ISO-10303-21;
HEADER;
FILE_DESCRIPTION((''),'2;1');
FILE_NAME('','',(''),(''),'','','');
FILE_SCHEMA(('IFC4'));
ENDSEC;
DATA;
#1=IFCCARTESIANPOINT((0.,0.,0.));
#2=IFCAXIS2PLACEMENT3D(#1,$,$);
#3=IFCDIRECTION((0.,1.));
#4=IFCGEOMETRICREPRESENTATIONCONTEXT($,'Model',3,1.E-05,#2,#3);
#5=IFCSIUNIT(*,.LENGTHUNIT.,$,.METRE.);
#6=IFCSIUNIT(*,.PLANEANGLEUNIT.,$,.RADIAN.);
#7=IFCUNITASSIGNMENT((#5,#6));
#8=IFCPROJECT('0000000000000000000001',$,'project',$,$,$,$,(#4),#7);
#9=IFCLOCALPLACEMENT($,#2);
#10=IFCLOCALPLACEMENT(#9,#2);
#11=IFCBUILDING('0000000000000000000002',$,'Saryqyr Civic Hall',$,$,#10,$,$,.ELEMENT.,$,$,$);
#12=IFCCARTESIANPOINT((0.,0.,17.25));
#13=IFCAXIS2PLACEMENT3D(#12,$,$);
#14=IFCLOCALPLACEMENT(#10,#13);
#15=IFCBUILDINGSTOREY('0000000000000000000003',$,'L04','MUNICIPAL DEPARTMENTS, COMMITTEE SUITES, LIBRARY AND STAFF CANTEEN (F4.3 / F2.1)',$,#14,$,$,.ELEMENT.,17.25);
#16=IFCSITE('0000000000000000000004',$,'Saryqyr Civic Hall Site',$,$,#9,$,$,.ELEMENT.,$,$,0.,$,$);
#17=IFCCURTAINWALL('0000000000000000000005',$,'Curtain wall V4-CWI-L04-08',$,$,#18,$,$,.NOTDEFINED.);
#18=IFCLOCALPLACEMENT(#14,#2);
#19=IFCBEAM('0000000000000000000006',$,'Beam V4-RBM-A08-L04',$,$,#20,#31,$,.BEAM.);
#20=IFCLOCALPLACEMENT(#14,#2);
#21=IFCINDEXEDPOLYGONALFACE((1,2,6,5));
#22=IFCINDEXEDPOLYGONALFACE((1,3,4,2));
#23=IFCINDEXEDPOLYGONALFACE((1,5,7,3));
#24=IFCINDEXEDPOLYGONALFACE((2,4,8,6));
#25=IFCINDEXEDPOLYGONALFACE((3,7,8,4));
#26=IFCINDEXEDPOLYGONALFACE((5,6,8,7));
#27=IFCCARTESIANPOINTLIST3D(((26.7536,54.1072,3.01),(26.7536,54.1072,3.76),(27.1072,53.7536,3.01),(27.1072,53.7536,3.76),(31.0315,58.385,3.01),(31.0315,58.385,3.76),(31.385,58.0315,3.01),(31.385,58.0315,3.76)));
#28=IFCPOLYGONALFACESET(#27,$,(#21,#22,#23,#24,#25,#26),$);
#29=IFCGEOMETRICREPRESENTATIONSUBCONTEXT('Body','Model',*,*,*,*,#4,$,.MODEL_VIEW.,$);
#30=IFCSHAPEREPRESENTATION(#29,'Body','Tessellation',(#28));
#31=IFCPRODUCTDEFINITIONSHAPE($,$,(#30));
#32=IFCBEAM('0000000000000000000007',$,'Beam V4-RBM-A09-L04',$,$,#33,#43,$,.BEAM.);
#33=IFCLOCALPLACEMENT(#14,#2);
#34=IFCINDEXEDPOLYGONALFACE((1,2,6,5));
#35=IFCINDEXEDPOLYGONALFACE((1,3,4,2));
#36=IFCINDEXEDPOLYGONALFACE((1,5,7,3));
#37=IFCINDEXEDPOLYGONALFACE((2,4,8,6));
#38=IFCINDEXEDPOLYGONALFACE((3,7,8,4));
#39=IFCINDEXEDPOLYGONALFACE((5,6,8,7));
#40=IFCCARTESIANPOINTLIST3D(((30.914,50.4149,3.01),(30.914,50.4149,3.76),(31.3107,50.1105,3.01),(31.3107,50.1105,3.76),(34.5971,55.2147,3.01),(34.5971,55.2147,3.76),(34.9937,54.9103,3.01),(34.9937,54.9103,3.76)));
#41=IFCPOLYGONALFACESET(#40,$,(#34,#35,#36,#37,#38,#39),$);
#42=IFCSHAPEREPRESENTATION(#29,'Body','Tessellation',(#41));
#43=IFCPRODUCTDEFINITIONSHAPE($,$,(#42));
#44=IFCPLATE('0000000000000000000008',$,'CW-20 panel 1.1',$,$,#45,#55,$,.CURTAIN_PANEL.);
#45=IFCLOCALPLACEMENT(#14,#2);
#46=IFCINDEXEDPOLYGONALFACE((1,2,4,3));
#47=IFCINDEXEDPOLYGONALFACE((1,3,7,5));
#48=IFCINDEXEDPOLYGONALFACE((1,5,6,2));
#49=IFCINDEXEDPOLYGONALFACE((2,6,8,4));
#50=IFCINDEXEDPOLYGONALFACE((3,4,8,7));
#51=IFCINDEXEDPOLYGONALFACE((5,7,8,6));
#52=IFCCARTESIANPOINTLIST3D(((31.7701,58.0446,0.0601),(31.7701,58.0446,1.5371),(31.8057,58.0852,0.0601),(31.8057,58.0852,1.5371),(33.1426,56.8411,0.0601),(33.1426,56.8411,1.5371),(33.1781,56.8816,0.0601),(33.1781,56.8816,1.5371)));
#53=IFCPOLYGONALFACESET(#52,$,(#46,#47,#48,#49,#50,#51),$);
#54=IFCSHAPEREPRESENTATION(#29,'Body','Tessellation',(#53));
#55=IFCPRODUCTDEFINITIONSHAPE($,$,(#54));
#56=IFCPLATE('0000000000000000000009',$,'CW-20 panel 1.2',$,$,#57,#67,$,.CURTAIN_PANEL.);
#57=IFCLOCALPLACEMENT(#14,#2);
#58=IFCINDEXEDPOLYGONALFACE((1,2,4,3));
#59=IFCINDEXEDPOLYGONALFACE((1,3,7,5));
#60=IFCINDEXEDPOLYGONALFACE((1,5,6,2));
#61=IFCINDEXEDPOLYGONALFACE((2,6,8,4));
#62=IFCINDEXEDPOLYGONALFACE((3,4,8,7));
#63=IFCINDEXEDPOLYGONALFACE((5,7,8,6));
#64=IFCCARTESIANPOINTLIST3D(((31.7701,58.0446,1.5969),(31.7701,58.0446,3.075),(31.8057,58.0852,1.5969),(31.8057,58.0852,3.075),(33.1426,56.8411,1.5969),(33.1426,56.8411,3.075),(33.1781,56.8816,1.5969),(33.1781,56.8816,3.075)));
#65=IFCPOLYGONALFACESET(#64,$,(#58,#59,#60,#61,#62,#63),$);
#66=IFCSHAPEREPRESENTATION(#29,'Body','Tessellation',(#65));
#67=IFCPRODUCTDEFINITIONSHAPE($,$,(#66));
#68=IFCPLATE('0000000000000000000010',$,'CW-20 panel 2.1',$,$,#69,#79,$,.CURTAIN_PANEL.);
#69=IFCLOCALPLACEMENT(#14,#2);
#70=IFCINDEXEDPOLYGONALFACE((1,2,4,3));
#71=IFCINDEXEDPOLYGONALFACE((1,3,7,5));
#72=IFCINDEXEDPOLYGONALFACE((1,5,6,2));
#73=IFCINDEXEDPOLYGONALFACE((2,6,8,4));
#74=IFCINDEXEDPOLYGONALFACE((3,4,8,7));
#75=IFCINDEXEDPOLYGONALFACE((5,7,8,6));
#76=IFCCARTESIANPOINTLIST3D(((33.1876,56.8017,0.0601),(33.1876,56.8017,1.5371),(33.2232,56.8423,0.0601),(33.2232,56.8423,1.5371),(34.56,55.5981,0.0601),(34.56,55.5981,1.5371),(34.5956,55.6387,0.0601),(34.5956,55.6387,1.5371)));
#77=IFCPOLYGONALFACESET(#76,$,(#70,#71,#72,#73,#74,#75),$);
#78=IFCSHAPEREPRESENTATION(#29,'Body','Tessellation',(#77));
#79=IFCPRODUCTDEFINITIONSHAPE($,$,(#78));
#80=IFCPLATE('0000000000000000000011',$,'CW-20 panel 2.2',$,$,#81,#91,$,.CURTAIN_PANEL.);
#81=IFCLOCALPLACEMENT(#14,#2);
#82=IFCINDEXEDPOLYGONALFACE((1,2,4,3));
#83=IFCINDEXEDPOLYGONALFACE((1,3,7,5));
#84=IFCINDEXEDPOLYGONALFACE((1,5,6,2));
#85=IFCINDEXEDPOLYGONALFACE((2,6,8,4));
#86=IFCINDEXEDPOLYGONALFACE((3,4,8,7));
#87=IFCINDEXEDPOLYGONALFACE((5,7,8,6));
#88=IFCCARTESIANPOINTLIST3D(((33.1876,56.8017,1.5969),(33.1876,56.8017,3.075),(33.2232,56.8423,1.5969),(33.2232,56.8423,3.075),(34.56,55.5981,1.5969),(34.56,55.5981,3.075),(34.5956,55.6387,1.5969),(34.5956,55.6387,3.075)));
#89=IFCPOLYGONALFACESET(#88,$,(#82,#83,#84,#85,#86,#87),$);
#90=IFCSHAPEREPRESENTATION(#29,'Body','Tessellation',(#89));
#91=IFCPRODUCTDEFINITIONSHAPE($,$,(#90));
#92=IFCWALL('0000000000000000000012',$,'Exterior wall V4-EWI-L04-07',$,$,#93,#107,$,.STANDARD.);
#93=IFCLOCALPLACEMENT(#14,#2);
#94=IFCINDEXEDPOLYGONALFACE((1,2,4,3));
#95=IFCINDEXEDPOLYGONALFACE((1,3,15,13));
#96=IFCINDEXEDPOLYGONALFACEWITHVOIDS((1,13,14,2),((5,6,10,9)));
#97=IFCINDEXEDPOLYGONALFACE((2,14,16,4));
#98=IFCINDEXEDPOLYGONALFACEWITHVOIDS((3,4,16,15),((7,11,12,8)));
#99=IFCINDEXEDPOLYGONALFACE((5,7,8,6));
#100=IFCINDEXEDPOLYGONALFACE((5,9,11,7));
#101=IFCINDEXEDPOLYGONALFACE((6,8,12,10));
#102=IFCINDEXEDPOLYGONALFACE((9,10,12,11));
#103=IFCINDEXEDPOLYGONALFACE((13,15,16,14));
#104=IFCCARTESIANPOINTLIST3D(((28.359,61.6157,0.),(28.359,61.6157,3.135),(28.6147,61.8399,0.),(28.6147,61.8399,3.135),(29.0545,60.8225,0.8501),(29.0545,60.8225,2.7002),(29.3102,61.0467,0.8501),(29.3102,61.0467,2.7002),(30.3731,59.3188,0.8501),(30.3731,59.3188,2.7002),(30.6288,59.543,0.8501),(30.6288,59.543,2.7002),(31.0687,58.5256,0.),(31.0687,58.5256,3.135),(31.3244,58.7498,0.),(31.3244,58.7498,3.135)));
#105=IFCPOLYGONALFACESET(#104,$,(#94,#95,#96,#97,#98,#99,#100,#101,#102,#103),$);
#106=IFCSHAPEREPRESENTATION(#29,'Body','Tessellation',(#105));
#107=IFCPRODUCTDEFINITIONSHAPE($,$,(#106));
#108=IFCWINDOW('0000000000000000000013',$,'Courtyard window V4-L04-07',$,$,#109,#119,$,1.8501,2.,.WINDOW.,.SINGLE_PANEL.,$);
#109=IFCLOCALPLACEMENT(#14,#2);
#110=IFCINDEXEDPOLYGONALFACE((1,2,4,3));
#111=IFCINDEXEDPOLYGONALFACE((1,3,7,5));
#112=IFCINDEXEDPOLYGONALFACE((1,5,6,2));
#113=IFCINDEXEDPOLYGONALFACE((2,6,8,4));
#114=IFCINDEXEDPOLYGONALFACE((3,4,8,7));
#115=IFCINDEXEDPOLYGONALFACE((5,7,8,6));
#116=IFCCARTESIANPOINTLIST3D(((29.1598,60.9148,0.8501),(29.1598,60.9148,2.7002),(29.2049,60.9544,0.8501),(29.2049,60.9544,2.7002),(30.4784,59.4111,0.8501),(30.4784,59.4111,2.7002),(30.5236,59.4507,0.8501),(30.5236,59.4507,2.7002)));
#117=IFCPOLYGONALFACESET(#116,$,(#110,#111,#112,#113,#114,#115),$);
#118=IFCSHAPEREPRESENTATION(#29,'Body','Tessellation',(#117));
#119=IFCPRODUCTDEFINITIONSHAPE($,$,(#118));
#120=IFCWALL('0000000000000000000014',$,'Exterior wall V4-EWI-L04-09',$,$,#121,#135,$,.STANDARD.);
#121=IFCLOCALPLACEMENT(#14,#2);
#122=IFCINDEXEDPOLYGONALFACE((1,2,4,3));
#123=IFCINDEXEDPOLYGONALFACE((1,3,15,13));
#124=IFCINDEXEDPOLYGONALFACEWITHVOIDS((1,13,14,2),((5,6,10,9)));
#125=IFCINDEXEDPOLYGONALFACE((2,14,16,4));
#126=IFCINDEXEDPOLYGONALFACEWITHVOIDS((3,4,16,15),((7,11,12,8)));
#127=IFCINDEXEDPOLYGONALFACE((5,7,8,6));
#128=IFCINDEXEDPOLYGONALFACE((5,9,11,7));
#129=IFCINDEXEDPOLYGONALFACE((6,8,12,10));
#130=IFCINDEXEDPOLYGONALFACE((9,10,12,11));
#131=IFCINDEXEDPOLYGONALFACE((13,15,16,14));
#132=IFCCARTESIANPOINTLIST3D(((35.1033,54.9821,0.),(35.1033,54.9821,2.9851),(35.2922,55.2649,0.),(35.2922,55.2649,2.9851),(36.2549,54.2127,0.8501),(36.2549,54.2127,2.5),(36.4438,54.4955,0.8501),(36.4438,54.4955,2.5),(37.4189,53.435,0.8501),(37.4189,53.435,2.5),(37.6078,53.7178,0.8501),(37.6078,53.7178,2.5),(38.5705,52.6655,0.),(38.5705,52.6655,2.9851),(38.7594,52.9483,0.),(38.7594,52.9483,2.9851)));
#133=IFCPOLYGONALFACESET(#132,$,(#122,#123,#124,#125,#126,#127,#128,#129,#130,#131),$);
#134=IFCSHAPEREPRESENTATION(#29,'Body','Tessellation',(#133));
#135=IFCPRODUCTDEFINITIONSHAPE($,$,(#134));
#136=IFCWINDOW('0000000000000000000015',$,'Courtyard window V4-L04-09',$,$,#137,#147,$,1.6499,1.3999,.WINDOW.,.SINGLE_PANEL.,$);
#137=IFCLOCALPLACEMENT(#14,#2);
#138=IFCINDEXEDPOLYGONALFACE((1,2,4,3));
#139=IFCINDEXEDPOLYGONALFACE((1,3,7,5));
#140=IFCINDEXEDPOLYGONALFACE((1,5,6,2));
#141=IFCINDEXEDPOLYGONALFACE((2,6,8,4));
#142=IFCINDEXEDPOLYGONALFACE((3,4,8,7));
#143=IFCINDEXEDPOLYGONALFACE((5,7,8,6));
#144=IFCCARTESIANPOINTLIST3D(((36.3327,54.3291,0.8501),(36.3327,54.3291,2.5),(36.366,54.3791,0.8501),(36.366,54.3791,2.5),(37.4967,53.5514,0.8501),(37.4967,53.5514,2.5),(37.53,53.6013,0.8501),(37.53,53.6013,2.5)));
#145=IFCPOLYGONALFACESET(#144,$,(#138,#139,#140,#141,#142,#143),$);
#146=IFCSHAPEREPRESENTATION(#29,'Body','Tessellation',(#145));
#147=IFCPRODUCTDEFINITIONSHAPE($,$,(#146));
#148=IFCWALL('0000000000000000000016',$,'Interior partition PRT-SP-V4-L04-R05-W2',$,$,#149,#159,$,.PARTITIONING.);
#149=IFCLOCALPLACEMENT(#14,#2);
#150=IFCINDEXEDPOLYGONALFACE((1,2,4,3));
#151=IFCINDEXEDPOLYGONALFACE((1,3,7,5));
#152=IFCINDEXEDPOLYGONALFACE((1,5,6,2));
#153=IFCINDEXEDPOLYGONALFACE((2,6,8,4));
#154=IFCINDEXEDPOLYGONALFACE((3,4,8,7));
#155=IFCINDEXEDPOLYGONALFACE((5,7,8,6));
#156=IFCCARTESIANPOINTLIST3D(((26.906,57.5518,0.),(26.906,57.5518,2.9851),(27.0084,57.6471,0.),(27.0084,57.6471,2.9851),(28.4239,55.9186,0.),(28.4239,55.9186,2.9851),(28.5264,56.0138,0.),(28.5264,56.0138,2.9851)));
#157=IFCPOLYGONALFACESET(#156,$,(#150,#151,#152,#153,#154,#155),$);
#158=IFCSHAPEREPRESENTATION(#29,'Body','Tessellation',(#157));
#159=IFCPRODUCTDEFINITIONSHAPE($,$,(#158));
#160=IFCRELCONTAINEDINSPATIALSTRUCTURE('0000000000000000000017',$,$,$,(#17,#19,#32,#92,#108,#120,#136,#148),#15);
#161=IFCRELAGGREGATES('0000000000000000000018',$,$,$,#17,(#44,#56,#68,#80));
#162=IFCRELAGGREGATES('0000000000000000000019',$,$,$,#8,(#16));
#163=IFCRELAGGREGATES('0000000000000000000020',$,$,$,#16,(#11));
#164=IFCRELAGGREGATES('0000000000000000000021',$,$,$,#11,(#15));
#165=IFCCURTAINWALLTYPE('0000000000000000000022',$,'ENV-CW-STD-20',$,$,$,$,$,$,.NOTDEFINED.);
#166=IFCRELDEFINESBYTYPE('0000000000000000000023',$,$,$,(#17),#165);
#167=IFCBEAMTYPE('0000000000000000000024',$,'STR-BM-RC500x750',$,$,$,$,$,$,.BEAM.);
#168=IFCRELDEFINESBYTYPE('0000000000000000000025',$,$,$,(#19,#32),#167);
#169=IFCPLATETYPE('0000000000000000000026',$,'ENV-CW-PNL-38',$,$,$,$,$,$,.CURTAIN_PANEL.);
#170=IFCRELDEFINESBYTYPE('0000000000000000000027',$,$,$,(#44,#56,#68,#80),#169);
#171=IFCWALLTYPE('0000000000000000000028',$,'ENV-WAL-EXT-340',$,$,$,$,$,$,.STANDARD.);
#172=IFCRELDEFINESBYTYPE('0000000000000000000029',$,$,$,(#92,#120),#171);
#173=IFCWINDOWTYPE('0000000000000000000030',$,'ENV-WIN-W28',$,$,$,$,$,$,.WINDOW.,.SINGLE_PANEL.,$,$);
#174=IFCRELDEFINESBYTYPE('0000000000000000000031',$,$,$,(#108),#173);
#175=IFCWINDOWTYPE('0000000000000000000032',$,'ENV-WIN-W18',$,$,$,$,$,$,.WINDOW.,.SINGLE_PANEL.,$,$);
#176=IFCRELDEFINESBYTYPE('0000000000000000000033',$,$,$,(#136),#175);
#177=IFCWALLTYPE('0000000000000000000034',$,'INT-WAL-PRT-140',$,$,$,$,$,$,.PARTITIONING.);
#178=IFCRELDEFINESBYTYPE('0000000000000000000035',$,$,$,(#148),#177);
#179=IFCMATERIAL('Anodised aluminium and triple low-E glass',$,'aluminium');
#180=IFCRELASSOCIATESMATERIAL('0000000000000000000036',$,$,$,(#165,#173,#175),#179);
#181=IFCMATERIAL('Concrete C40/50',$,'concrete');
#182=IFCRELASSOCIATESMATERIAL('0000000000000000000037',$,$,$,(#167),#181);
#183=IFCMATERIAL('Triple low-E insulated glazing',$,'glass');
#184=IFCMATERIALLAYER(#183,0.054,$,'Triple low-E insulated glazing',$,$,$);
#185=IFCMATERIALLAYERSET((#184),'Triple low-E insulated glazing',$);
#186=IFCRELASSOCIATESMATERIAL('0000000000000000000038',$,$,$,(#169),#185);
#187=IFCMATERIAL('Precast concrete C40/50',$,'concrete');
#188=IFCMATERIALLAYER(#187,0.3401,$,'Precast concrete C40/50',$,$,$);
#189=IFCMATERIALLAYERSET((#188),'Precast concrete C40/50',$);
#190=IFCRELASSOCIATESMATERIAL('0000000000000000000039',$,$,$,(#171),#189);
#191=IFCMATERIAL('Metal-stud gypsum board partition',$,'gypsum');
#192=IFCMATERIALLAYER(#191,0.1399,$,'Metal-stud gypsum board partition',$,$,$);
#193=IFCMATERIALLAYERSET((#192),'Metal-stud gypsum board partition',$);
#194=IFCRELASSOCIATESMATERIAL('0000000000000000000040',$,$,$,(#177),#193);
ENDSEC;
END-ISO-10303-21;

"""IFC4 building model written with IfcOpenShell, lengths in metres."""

from ifc_helpers import new_model, si_unit, direction, frame, frame_2d, origin, origin_2d, place, context, subcontext, project, spatial, rectangle, extrude, material, layer, layer_set, material_profile, profile_set, type_object, element, fill, aggregate, save


model = new_model("IFC4")

# Units and contexts
model_context = context("Model", 3, precision=1e-05, world=origin(), true_north=direction((0.0, 1.0)))
body_context = subcontext(model_context, "Body", "Model", "MODEL_VIEW")
ifc_project = project(units=[si_unit("LENGTHUNIT", "METRE"), si_unit("PLANEANGLEUNIT", "RADIAN")], contexts=[model_context])

# Site, building, storey
site_placement = place(None, origin())
site = spatial("IfcSite", under=ifc_project, at=site_placement, Name="Saryqyr Civic Hall Site", CompositionType="ELEMENT", RefElevation=0.0)
building_placement = place(site_placement, origin())
building = spatial("IfcBuilding", under=site, at=building_placement, Name="Saryqyr Civic Hall", CompositionType="ELEMENT")
storey_placement = place(building_placement, frame((0.0, 0.0, 17.25)))
storey = spatial("IfcBuildingStorey", under=building, at=storey_placement, Name="L04", Description="MUNICIPAL DEPARTMENTS, COMMITTEE SUITES, LIBRARY AND STAFF CANTEEN (F4.3 / F2.1)", CompositionType="ELEMENT", Elevation=17.25)

# Shared definitions
ifc_material_1 = material(Name="Concrete C40/50", Category="concrete")

# Curtain wall
ifc_material_2 = material(Name="Anodised aluminium and triple low-E glass", Category="aluminium")
curtain_wall_type = type_object("IfcCurtainWallType", Name="ENV-CW-STD-20", PredefinedType="NOTDEFINED", material=ifc_material_2)
curtain_wall_placement = place(storey_placement, origin())
curtain_wall = element("IfcCurtainWall", 1, at=curtain_wall_placement, inside=storey, type_object=curtain_wall_type, Name="Curtain wall V4-CWI-L04-08", PredefinedType="NOTDEFINED")

# Beams
ifc_material_profile_1 = material_profile(ifc_material_1, rectangle(XDim=0.5, YDim=0.75, at=origin_2d()), Name="RC 500x750")
ifc_profile_set_1 = profile_set([ifc_material_profile_1], Name="Concrete C40/50")
beam_type_1 = type_object("IfcBeamType", Name="STR-BM-RC500x750", PredefinedType="BEAM", material=ifc_profile_set_1)
beam_1_placement = place(storey_placement, frame((31.2083, 58.2083, 3.385), z_axis=(-0.707107, -0.707107, 0.0), x_axis=(0.707107, -0.707107, 0.0)))
element("IfcBeam", 2, at=beam_1_placement, inside=storey, type_object=beam_type_1, Name="Beam V4-RBM-A08-L04", PredefinedType="BEAM", context=body_context, shape_type="SweptSolid", body=[
    extrude(rectangle(XDim=0.5, YDim=0.75, at=origin_2d()), origin(), (0.0, 0.0, 1.0), 6.0498),
])
beam_2_placement = place(storey_placement, frame((34.7954, 55.0625, 3.385), z_axis=(-0.60877, -0.793346, 0.0), x_axis=(0.793346, -0.60877, 0.0)))
element("IfcBeam", 3, at=beam_2_placement, inside=storey, type_object=beam_type_1, Name="Beam V4-RBM-A09-L04", PredefinedType="BEAM", context=body_context, shape_type="SweptSolid", body=[
    extrude(rectangle(XDim=0.5, YDim=0.75, at=origin_2d()), origin(), (0.0, 0.0, 1.0), 6.05),
])

# Plates
ifc_material_3 = material(Name="Triple low-E insulated glazing", Category="glass")
ifc_layer_1 = layer(ifc_material_3, 0.054, Name="Triple low-E insulated glazing")
ifc_layer_set_1 = layer_set([ifc_layer_1], Name="Triple low-E insulated glazing")
plate_type = type_object("IfcPlateType", Name="ENV-CW-PNL-38", PredefinedType="CURTAIN_PANEL", material=ifc_layer_set_1)
plate_1_placement = place(storey_placement, frame((32.4741, 57.4631, 0.0601), z_axis=(0.0, 0.0, 1.0), x_axis=(0.75185, -0.659334, 0.0)))
plate_1 = element("IfcPlate", 4, at=plate_1_placement, type_object=plate_type, Name="CW-20 panel 1.1", PredefinedType="CURTAIN_PANEL", context=body_context, shape_type="SweptSolid", body=[
    extrude(rectangle(XDim=1.8254, YDim=0.054, at=origin_2d()), origin(), (0.0, 0.0, 1.0), 1.4771),
])
plate_2_placement = place(storey_placement, frame((32.4741, 57.4631, 1.5969), z_axis=(0.0, 0.0, 1.0), x_axis=(0.75185, -0.659334, 0.0)))
plate_2 = element("IfcPlate", 5, at=plate_2_placement, type_object=plate_type, Name="CW-20 panel 1.2", PredefinedType="CURTAIN_PANEL", context=body_context, shape_type="SweptSolid", body=[
    extrude(rectangle(XDim=1.8254, YDim=0.054, at=origin_2d()), origin(), (0.0, 0.0, 1.0), 1.478),
])
plate_3_placement = place(storey_placement, frame((33.8916, 56.2202, 0.0601), z_axis=(0.0, 0.0, 1.0), x_axis=(0.75185, -0.659334, 0.0)))
plate_3 = element("IfcPlate", 6, at=plate_3_placement, type_object=plate_type, Name="CW-20 panel 2.1", PredefinedType="CURTAIN_PANEL", context=body_context, shape_type="SweptSolid", body=[
    extrude(rectangle(XDim=1.8254, YDim=0.054, at=origin_2d()), origin(), (0.0, 0.0, 1.0), 1.4771),
])
plate_4_placement = place(storey_placement, frame((33.8916, 56.2202, 1.5969), z_axis=(0.0, 0.0, 1.0), x_axis=(0.75185, -0.659334, 0.0)))
plate_4 = element("IfcPlate", 7, at=plate_4_placement, type_object=plate_type, Name="CW-20 panel 2.2", PredefinedType="CURTAIN_PANEL", context=body_context, shape_type="SweptSolid", body=[
    extrude(rectangle(XDim=1.8254, YDim=0.054, at=origin_2d()), origin(), (0.0, 0.0, 1.0), 1.478),
])
aggregate(curtain_wall, [plate_1, plate_2, plate_3, plate_4])

# Walls, openings, windows
ifc_material_4 = material(Name="Precast concrete C40/50", Category="concrete")
ifc_layer_2 = layer(ifc_material_4, 0.3401, Name="Precast concrete C40/50")
ifc_layer_set_2 = layer_set([ifc_layer_2], Name="Precast concrete C40/50")
wall_type_1 = type_object("IfcWallType", Name="ENV-WAL-EXT-340", PredefinedType="STANDARD", material=ifc_layer_set_2)
wall_1_placement = place(storey_placement, frame((28.4868, 61.7278, 0.0), z_axis=(0.0, 0.0, 1.0), x_axis=(0.659316, -0.751866, 0.0)))
wall_1 = element("IfcWall", 8, at=wall_1_placement, inside=storey, type_object=wall_type_1, Name="Exterior wall V4-EWI-L04-07", PredefinedType="STANDARD", context=body_context, shape_type="SweptSolid", body=[
    extrude(rectangle(XDim=4.1099, YDim=0.3401, at=frame_2d((2.0549, 0.0))), origin(), (0.0, 0.0, 1.0), 3.135),
])
opening_1_placement = place(wall_1_placement, frame((1.0549, 0.0, 0.8501)))
opening_1 = element("IfcOpeningElement", 9, at=opening_1_placement, cuts=wall_1, PredefinedType="OPENING", context=body_context, shape_type="SweptSolid", body=[
    extrude(rectangle(XDim=2.0, YDim=1.8501, at=frame_2d((1.0, 0.925))), frame((0.0, 0.1799, 0.0), z_axis=(0.0, -1.0, 0.0), x_axis=(1.0, 0.0, 0.0)), (0.0, 0.0, 1.0), 0.3601),
])
window_type_1 = type_object("IfcWindowType", Name="ENV-WIN-W28", PartitioningType="SINGLE_PANEL", PredefinedType="WINDOW", material=ifc_material_2)
window_1_placement = place(opening_1_placement, origin())
window_1 = element("IfcWindow", 10, at=window_1_placement, inside=storey, type_object=window_type_1, Name="Courtyard window V4-L04-07", OverallHeight=1.8501, OverallWidth=2.0, PartitioningType="SINGLE_PANEL", PredefinedType="WINDOW", context=body_context, shape_type="SweptSolid", body=[
    extrude(rectangle(XDim=2.0, YDim=1.8501, at=frame_2d((1.0, 0.925))), frame((0.0, 0.03, 0.0), z_axis=(0.0, -1.0, 0.0), x_axis=(1.0, 0.0, 0.0)), (0.0, 0.0, 1.0), 0.0601),
])
fill(opening_1, window_1)
wall_2_placement = place(storey_placement, frame((35.1978, 55.1235, 0.0), z_axis=(0.0, 0.0, 1.0), x_axis=(0.831482, -0.555551, 0.0)))
wall_2 = element("IfcWall", 11, at=wall_2_placement, inside=storey, type_object=wall_type_1, Name="Exterior wall V4-EWI-L04-09", PredefinedType="STANDARD", context=body_context, shape_type="SweptSolid", body=[
    extrude(rectangle(XDim=4.1699, YDim=0.3401, at=frame_2d((2.085, 0.0))), origin(), (0.0, 0.0, 1.0), 2.9851),
])
opening_2_placement = place(wall_2_placement, frame((1.385, 0.0, 0.8501)))
opening_2 = element("IfcOpeningElement", 12, at=opening_2_placement, cuts=wall_2, PredefinedType="OPENING", context=body_context, shape_type="SweptSolid", body=[
    extrude(rectangle(XDim=1.3999, YDim=1.6499, at=frame_2d((0.7, 0.825))), frame((0.0, 0.1799, 0.0), z_axis=(0.0, -1.0, 0.0), x_axis=(1.0, 0.0, 0.0)), (0.0, 0.0, 1.0), 0.3601),
])
window_type_2 = type_object("IfcWindowType", Name="ENV-WIN-W18", PartitioningType="SINGLE_PANEL", PredefinedType="WINDOW", material=ifc_material_2)
window_2_placement = place(opening_2_placement, origin())
window_2 = element("IfcWindow", 13, at=window_2_placement, inside=storey, type_object=window_type_2, Name="Courtyard window V4-L04-09", OverallHeight=1.6499, OverallWidth=1.3999, PartitioningType="SINGLE_PANEL", PredefinedType="WINDOW", context=body_context, shape_type="SweptSolid", body=[
    extrude(rectangle(XDim=1.3999, YDim=1.6499, at=frame_2d((0.7, 0.825))), frame((0.0, 0.03, 0.0), z_axis=(0.0, -1.0, 0.0), x_axis=(1.0, 0.0, 0.0)), (0.0, 0.0, 1.0), 0.0601),
])
fill(opening_2, window_2)

# Wall
ifc_material_5 = material(Name="Metal-stud gypsum board partition", Category="gypsum")
ifc_layer_3 = layer(ifc_material_5, 0.1399, Name="Metal-stud gypsum board partition")
ifc_layer_set_3 = layer_set([ifc_layer_3], Name="Metal-stud gypsum board partition")
wall_type_2 = type_object("IfcWallType", Name="INT-WAL-PRT-140", PredefinedType="PARTITIONING", material=ifc_layer_set_3)
wall_3_placement = place(storey_placement, frame((28.4751, 55.9663, 0.0), z_axis=(0.0, 0.0, 1.0), x_axis=(-0.680795, 0.732474, 0.0)))
element("IfcWall", 14, at=wall_3_placement, inside=storey, type_object=wall_type_2, Name="Interior partition PRT-SP-V4-L04-R05-W2", PredefinedType="PARTITIONING", context=body_context, shape_type="SweptSolid", body=[
    extrude(rectangle(XDim=2.2297, YDim=0.1399, at=frame_2d((1.1147, 0.0))), origin(), (0.0, 0.0, 1.0), 2.9851),
])

save(model, "model.ifc")
